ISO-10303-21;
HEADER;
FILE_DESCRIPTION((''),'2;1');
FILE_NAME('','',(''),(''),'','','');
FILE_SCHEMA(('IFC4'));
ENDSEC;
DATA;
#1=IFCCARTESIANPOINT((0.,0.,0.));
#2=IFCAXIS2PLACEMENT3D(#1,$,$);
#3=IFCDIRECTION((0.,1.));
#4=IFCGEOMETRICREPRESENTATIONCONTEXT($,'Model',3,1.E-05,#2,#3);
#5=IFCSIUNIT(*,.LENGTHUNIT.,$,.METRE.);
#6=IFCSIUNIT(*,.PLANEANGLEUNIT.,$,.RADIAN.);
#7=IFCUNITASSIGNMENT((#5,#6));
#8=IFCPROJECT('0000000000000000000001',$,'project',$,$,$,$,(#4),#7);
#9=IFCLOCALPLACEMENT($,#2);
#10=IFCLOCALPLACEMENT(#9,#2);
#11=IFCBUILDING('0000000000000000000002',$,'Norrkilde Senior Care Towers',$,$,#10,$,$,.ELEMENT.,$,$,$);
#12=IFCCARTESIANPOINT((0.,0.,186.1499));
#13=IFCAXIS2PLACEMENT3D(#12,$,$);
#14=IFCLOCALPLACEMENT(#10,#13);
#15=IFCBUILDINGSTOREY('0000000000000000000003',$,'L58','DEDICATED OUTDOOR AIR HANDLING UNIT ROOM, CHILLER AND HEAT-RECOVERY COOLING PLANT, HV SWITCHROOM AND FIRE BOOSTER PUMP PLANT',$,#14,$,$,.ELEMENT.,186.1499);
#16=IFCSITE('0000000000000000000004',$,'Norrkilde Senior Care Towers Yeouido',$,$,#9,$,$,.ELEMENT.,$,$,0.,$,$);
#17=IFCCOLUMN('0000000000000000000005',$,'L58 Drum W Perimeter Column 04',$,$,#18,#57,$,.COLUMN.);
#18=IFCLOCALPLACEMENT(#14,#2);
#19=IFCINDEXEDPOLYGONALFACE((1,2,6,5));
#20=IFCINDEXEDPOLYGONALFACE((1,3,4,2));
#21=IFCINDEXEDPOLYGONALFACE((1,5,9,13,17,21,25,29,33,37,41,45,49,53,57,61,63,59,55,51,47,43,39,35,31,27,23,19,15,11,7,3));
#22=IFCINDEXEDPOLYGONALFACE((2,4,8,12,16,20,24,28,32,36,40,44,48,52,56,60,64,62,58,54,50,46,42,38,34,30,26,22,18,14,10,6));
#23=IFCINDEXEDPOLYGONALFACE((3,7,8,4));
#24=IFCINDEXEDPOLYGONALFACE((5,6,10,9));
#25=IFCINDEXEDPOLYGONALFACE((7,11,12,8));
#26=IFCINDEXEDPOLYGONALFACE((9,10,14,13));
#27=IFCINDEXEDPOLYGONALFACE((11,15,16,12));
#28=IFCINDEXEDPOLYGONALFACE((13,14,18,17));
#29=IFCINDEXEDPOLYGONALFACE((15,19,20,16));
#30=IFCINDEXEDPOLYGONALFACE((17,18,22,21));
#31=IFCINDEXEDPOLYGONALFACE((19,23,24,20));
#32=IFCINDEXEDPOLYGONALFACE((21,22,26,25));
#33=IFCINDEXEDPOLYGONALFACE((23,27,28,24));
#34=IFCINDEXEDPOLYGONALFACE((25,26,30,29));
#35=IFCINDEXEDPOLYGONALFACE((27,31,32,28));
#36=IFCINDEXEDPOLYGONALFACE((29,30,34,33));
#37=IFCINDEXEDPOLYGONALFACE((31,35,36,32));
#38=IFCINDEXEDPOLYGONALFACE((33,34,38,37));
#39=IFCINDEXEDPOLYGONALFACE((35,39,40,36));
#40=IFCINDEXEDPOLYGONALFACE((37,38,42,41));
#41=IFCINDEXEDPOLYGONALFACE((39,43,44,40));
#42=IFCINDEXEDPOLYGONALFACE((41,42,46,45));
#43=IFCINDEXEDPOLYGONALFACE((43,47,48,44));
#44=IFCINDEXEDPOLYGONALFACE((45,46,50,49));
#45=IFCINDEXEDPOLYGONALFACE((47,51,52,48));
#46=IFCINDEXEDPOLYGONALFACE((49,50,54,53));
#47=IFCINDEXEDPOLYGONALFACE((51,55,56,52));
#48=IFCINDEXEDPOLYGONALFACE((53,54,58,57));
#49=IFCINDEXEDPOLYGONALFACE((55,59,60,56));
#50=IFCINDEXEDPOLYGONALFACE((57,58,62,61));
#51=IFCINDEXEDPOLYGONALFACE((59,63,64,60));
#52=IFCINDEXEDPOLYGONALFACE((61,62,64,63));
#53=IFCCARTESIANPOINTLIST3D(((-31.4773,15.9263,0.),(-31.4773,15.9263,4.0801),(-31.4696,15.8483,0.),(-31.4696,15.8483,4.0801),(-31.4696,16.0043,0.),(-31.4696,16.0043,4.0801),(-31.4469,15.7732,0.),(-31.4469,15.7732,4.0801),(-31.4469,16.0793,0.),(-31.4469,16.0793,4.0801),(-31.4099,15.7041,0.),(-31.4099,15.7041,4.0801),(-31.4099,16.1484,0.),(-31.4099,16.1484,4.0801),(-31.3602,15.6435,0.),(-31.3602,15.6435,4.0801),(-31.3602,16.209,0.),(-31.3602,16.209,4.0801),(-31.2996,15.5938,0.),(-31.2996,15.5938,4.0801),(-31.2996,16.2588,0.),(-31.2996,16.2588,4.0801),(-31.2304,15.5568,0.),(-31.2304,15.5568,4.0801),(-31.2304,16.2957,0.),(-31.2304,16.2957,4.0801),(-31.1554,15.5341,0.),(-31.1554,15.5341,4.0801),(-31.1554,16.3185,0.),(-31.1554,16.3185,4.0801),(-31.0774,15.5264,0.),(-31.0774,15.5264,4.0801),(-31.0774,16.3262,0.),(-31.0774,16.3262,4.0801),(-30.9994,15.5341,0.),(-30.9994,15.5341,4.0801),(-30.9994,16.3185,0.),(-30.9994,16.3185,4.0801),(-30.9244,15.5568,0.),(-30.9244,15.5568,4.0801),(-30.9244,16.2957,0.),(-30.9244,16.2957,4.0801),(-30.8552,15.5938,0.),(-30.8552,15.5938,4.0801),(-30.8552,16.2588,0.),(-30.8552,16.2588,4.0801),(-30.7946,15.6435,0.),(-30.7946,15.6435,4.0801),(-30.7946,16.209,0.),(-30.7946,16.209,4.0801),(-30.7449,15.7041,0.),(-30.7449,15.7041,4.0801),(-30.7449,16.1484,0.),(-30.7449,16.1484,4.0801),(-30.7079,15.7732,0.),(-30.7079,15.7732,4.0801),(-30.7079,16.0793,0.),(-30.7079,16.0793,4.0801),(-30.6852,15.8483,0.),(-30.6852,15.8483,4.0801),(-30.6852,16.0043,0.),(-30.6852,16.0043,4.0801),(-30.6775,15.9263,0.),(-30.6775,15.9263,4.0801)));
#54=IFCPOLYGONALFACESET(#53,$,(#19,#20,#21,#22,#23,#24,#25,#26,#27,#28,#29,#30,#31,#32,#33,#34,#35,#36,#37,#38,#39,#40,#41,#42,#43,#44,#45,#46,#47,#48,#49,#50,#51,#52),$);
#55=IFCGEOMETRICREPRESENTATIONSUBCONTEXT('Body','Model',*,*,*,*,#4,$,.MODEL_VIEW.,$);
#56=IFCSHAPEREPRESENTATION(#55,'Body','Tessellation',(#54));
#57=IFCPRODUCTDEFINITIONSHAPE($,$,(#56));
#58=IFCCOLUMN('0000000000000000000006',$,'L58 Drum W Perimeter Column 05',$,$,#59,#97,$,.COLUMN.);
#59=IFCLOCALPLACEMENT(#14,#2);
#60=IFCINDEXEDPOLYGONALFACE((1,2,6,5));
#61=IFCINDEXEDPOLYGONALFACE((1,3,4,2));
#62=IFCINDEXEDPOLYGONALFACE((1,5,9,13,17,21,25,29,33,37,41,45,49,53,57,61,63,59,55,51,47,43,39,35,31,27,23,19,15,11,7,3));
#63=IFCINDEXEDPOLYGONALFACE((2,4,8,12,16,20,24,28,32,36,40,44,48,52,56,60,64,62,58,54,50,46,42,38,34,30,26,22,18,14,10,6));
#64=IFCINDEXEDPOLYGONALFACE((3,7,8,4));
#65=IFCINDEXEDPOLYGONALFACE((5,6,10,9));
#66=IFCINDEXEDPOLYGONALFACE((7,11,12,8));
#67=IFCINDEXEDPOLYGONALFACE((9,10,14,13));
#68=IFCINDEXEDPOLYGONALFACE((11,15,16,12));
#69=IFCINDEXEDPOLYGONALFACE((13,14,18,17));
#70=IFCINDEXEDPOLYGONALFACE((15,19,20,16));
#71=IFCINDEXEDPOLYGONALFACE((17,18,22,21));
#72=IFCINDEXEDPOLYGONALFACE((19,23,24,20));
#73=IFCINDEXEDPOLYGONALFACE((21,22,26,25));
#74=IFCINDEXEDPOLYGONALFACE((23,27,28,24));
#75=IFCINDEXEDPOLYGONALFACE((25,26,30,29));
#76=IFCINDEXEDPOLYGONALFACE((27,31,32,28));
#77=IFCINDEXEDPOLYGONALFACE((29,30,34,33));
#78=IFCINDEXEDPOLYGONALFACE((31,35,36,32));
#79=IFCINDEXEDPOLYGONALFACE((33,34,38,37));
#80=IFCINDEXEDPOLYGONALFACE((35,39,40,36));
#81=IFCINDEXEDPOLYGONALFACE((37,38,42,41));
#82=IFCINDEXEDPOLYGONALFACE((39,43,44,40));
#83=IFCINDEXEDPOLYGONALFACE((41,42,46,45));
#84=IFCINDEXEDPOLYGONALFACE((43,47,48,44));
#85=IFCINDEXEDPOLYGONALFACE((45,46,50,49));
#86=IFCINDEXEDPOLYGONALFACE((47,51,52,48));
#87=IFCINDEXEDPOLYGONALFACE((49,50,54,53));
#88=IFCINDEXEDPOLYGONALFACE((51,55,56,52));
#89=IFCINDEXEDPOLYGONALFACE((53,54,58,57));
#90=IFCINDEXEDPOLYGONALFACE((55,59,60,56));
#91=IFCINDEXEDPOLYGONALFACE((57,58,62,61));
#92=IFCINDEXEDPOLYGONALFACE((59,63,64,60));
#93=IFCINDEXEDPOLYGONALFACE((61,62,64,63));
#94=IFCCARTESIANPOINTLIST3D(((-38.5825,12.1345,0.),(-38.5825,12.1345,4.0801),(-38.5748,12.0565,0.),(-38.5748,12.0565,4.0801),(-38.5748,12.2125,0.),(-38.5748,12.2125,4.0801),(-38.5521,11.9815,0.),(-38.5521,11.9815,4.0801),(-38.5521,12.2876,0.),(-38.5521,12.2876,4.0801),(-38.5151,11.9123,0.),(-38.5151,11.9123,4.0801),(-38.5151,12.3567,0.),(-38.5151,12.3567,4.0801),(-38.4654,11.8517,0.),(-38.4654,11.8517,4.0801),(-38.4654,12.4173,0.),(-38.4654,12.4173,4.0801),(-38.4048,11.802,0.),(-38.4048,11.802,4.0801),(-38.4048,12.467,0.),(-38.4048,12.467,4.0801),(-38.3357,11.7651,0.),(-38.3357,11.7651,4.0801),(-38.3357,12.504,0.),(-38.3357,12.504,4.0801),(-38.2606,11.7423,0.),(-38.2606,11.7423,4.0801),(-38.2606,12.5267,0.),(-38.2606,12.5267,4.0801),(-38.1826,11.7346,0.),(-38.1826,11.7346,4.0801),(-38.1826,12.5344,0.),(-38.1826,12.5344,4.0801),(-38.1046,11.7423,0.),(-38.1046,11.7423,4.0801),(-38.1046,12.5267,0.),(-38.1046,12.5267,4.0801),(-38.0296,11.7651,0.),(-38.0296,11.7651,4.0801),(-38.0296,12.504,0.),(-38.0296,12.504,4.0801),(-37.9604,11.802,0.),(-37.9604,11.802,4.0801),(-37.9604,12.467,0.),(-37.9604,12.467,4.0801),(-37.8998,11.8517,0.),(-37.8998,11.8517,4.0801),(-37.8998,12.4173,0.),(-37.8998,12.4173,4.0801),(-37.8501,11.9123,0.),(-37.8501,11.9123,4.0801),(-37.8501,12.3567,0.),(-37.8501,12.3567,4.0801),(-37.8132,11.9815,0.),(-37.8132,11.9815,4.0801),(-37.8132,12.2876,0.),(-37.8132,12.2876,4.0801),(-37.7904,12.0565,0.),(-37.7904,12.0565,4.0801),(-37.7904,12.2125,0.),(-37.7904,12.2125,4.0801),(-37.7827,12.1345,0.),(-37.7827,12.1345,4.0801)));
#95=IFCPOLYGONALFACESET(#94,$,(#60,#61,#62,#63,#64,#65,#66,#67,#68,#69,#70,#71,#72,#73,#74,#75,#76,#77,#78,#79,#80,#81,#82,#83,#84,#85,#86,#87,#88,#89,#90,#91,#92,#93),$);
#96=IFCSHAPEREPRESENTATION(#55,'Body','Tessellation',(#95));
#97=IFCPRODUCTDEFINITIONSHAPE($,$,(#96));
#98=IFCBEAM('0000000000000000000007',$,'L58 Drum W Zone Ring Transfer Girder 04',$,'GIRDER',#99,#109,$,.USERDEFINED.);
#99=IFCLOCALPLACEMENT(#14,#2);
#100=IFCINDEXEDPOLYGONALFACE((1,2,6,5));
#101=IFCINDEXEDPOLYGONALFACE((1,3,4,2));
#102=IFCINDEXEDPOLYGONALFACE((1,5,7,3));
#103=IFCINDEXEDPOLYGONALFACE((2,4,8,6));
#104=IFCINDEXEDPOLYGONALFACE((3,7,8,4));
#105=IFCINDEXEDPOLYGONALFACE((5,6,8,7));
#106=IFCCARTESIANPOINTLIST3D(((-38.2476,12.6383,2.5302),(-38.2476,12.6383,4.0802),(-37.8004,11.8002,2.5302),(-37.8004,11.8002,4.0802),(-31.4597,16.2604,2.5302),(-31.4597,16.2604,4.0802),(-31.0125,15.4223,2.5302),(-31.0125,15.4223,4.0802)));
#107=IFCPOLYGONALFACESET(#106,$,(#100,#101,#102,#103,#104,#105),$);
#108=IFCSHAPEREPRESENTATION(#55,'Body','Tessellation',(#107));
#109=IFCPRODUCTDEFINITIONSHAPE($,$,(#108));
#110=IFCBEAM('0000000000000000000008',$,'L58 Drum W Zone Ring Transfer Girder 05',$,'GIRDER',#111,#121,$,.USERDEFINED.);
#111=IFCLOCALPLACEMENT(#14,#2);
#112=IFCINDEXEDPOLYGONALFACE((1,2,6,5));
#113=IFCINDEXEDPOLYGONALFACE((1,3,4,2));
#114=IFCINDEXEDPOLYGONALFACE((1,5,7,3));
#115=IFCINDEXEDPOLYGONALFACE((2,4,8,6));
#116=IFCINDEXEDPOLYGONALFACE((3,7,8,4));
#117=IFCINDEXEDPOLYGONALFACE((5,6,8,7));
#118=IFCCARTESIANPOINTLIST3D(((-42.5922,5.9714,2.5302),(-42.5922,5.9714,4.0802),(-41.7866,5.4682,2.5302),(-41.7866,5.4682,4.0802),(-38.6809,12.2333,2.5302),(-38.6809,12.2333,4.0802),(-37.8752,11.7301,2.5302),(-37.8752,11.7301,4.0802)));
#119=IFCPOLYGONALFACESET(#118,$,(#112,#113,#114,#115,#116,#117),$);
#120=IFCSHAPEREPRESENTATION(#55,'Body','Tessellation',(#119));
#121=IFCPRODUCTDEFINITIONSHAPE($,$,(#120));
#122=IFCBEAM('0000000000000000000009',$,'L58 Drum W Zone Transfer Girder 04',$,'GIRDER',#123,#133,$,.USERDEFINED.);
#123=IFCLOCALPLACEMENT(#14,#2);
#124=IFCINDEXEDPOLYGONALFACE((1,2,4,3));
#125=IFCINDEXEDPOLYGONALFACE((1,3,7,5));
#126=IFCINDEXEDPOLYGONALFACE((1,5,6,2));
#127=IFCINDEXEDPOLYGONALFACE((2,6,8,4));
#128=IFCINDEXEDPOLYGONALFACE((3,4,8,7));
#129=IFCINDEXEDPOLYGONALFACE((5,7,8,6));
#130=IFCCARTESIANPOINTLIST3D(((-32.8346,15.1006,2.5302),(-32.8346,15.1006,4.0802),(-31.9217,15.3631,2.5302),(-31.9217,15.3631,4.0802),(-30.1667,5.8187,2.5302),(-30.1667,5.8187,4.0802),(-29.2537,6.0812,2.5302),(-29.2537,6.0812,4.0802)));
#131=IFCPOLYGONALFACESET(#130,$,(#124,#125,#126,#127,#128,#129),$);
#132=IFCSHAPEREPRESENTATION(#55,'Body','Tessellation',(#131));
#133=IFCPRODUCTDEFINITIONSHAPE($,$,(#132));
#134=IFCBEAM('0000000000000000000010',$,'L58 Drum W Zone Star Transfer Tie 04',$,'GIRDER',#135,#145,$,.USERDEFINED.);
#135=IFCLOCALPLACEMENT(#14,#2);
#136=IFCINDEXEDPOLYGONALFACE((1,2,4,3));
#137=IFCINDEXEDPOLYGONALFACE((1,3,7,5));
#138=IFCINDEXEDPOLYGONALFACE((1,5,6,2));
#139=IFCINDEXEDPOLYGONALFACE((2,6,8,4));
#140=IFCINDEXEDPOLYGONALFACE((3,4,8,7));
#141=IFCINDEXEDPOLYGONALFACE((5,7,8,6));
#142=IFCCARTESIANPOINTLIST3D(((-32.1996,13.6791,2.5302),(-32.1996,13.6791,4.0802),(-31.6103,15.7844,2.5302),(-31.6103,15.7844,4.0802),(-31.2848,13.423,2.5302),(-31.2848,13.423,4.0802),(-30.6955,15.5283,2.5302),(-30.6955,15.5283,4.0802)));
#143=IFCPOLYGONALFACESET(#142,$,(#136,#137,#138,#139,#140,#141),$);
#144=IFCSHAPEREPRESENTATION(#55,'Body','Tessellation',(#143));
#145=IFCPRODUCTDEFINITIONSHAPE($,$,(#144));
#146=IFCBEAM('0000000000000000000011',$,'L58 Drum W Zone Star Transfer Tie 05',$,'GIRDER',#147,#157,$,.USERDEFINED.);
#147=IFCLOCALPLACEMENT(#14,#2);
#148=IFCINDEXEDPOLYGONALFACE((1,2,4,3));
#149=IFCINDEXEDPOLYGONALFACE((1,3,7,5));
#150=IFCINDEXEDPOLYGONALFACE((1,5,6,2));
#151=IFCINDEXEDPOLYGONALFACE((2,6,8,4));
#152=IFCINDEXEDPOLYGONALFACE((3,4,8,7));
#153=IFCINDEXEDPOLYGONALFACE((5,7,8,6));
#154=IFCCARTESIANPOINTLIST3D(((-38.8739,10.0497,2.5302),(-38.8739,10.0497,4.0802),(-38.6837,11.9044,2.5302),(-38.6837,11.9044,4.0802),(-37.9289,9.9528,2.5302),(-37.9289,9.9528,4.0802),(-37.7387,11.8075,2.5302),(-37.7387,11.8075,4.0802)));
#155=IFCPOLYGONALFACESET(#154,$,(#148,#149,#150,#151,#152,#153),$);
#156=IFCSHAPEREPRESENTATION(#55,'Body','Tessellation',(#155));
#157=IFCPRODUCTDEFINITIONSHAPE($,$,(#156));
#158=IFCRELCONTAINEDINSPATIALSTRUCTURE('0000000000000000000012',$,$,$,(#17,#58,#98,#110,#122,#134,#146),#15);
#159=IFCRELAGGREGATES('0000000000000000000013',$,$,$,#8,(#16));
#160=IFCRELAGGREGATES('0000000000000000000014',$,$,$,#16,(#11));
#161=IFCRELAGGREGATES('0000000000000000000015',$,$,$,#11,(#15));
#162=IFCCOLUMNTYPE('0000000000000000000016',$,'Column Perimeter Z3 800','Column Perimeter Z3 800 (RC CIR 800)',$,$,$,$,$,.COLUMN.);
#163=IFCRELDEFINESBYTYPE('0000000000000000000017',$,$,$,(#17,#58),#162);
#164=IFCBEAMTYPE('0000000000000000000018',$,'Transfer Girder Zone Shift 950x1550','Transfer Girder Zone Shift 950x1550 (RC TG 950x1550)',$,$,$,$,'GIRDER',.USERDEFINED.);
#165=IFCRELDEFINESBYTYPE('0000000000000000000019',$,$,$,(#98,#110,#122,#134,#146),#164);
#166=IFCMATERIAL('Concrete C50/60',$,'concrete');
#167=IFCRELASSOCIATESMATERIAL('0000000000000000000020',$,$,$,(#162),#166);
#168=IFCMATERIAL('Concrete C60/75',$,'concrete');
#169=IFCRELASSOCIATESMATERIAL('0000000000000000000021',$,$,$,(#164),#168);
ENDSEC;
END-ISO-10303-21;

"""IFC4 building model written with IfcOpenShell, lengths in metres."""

from ifc_helpers import new_model, si_unit, direction, frame, origin, origin_2d, place, context, subcontext, project, spatial, rectangle, circle, extrude, source, transform, mapped, material, material_profile, profile_set, type_object, type_shapes, element, save


model = new_model("IFC4")

# Units and contexts
model_context = context("Model", 3, precision=1e-05, world=origin(), true_north=direction((0.0, 1.0)))
body_context = subcontext(model_context, "Body", "Model", "MODEL_VIEW")
ifc_project = project(units=[si_unit("LENGTHUNIT", "METRE"), si_unit("PLANEANGLEUNIT", "RADIAN")], contexts=[model_context])

# Site, building, storey
site_placement = place(None, origin())
site = spatial("IfcSite", under=ifc_project, at=site_placement, Name="Norrkilde Senior Care Towers Yeouido", CompositionType="ELEMENT", RefElevation=0.0)
building_placement = place(site_placement, origin())
building = spatial("IfcBuilding", under=site, at=building_placement, Name="Norrkilde Senior Care Towers", CompositionType="ELEMENT")
storey_placement = place(building_placement, frame((0.0, 0.0, 186.1499)))
storey = spatial("IfcBuildingStorey", under=building, at=storey_placement, Name="L58", Description="DEDICATED OUTDOOR AIR HANDLING UNIT ROOM, CHILLER AND HEAT-RECOVERY COOLING PLANT, HV SWITCHROOM AND FIRE BOOSTER PUMP PLANT", CompositionType="ELEMENT", Elevation=186.1499)

# Columns
ifc_material_1 = material(Name="Concrete C50/60", Category="concrete")
ifc_material_profile_1 = material_profile(ifc_material_1, circle(Radius=0.3999, at=origin_2d()), Name="RC CIR 800")
ifc_profile_set_1 = profile_set([ifc_material_profile_1], Name="Concrete C50/60")
column_type = type_object("IfcColumnType", Name="Column Perimeter Z3 800", Description="Column Perimeter Z3 800 (RC CIR 800)", PredefinedType="COLUMN", material=ifc_profile_set_1)
shared_shape_1 = source(origin(), body_context, "Body", "SweptSolid", [
    extrude(circle(Radius=0.3999, at=origin_2d()), origin(), (0.0, 0.0, 1.0), 4.0801),
])
type_shapes(column_type, [shared_shape_1])
for number, where, z_axis, x_axis, name in (
    (1, (-31.0774, 15.9263, 0.0), (0.0, 0.0, 1.0), (1.0, 0.0, 0.0), "L58 Drum W Perimeter Column 04"),
    (2, (-38.1826, 12.1345, 0.0), (0.0, 0.0, 1.0), (1.0, 0.0, 0.0), "L58 Drum W Perimeter Column 05"),
):
    element("IfcColumn", number, at=place(storey_placement, frame(where, z_axis=z_axis, x_axis=x_axis)), inside=storey, type_object=column_type, Name=name, PredefinedType="COLUMN", context=body_context, shape_type="MappedRepresentation", body=[
        mapped(shared_shape_1, transform((0.0, 0.0, 0.0), x_axis=(1.0, 0.0, 0.0), y_axis=(0.0, 1.0, 0.0), z_axis=(0.0, 0.0, 1.0), scale=1.0)),
    ])

# Beams
ifc_material_2 = material(Name="Concrete C60/75", Category="concrete")
ifc_material_profile_2 = material_profile(ifc_material_2, rectangle(XDim=0.95, YDim=1.55, at=origin_2d()), Name="RC TG 950x1550")
ifc_profile_set_2 = profile_set([ifc_material_profile_2], Name="Concrete C60/75")
beam_type = type_object("IfcBeamType", Name="Transfer Girder Zone Shift 950x1550", Description="Transfer Girder Zone Shift 950x1550 (RC TG 950x1550)", ElementType="GIRDER", PredefinedType="USERDEFINED", material=ifc_profile_set_2)
shared_shape_2 = source(origin(), body_context, "Body", "SweptSolid", [
    extrude(rectangle(XDim=0.95, YDim=1.55, at=origin_2d()), origin(), (0.0, 0.0, 1.0), 7.6938),
])
beam_1_placement = place(storey_placement, frame((-31.2361, 15.8413, 3.3052), z_axis=(-0.882251, -0.470779, 0.0), x_axis=(0.470779, -0.882251, 0.0)))
element("IfcBeam", 3, at=beam_1_placement, inside=storey, type_object=beam_type, Name="L58 Drum W Zone Ring Transfer Girder 04", ObjectType="GIRDER", PredefinedType="USERDEFINED", context=body_context, shape_type="MappedRepresentation", body=[
    mapped(shared_shape_2, transform((0.0, 0.0, 0.0), x_axis=(1.0, 0.0, 0.0), y_axis=(0.0, 1.0, 0.0), z_axis=(0.0, 0.0, 1.0), scale=1.0)),
])
shared_shape_3 = source(origin(), body_context, "Body", "SweptSolid", [
    extrude(rectangle(XDim=0.95, YDim=1.55, at=origin_2d()), origin(), (0.0, 0.0, 1.0), 7.3831),
])
beam_2_placement = place(storey_placement, frame((-38.2781, 11.9817, 3.3052), z_axis=(-0.52977, -0.848141, 0.0), x_axis=(0.848141, -0.52977, 0.0)))
element("IfcBeam", 4, at=beam_2_placement, inside=storey, type_object=beam_type, Name="L58 Drum W Zone Ring Transfer Girder 05", ObjectType="GIRDER", PredefinedType="USERDEFINED", context=body_context, shape_type="MappedRepresentation", body=[
    mapped(shared_shape_3, transform((0.0, 0.0, 0.0), x_axis=(1.0, 0.0, 0.0), y_axis=(0.0, 1.0, 0.0), z_axis=(0.0, 0.0, 1.0), scale=1.0)),
])
shared_shape_4 = source(origin(), body_context, "Body", "SweptSolid", [
    extrude(rectangle(XDim=0.95, YDim=1.55, at=origin_2d()), origin(), (0.0, 0.0, 1.0), 9.6577),
])
beam_3_placement = place(storey_placement, frame((-29.7102, 5.95, 3.3052), z_axis=(-0.27625, 0.961086, 0.0), x_axis=(-0.961086, -0.27625, 0.0)))
element("IfcBeam", 5, at=beam_3_placement, inside=storey, type_object=beam_type, Name="L58 Drum W Zone Transfer Girder 04", ObjectType="GIRDER", PredefinedType="USERDEFINED", context=body_context, shape_type="MappedRepresentation", body=[
    mapped(shared_shape_4, transform((0.0, 0.0, 0.0), x_axis=(1.0, 0.0, 0.0), y_axis=(0.0, 1.0, 0.0), z_axis=(0.0, 0.0, 1.0), scale=1.0)),
])
shared_shape_5 = source(origin(), body_context, "Body", "SweptSolid", [
    extrude(rectangle(XDim=0.95, YDim=1.55, at=origin_2d()), origin(), (0.0, 0.0, 1.0), 2.1863),
])
beam_4_placement = place(storey_placement, frame((-31.7422, 13.551, 3.3052), z_axis=(0.269555, 0.962985, 0.0), x_axis=(-0.962985, 0.269555, 0.0)))
element("IfcBeam", 6, at=beam_4_placement, inside=storey, type_object=beam_type, Name="L58 Drum W Zone Star Transfer Tie 04", ObjectType="GIRDER", PredefinedType="USERDEFINED", context=body_context, shape_type="MappedRepresentation", body=[
    mapped(shared_shape_5, transform((0.0, 0.0, 0.0), x_axis=(1.0, 0.0, 0.0), y_axis=(0.0, 1.0, 0.0), z_axis=(0.0, 0.0, 1.0), scale=1.0)),
])
shared_shape_6 = source(origin(), body_context, "Body", "SweptSolid", [
    extrude(rectangle(XDim=0.95, YDim=1.55, at=origin_2d()), origin(), (0.0, 0.0, 1.0), 1.8645),
])
type_shapes(beam_type, [shared_shape_2, shared_shape_3, shared_shape_4, shared_shape_5, shared_shape_6])
beam_5_placement = place(storey_placement, frame((-38.4014, 10.0012, 3.3052), z_axis=(0.102006, 0.994784, 0.0), x_axis=(-0.994784, 0.102006, 0.0)))
element("IfcBeam", 7, at=beam_5_placement, inside=storey, type_object=beam_type, Name="L58 Drum W Zone Star Transfer Tie 05", ObjectType="GIRDER", PredefinedType="USERDEFINED", context=body_context, shape_type="MappedRepresentation", body=[
    mapped(shared_shape_6, transform((0.0, 0.0, 0.0), x_axis=(1.0, 0.0, 0.0), y_axis=(0.0, 1.0, 0.0), z_axis=(0.0, 0.0, 1.0), scale=1.0)),
])

save(model, "model.ifc")
